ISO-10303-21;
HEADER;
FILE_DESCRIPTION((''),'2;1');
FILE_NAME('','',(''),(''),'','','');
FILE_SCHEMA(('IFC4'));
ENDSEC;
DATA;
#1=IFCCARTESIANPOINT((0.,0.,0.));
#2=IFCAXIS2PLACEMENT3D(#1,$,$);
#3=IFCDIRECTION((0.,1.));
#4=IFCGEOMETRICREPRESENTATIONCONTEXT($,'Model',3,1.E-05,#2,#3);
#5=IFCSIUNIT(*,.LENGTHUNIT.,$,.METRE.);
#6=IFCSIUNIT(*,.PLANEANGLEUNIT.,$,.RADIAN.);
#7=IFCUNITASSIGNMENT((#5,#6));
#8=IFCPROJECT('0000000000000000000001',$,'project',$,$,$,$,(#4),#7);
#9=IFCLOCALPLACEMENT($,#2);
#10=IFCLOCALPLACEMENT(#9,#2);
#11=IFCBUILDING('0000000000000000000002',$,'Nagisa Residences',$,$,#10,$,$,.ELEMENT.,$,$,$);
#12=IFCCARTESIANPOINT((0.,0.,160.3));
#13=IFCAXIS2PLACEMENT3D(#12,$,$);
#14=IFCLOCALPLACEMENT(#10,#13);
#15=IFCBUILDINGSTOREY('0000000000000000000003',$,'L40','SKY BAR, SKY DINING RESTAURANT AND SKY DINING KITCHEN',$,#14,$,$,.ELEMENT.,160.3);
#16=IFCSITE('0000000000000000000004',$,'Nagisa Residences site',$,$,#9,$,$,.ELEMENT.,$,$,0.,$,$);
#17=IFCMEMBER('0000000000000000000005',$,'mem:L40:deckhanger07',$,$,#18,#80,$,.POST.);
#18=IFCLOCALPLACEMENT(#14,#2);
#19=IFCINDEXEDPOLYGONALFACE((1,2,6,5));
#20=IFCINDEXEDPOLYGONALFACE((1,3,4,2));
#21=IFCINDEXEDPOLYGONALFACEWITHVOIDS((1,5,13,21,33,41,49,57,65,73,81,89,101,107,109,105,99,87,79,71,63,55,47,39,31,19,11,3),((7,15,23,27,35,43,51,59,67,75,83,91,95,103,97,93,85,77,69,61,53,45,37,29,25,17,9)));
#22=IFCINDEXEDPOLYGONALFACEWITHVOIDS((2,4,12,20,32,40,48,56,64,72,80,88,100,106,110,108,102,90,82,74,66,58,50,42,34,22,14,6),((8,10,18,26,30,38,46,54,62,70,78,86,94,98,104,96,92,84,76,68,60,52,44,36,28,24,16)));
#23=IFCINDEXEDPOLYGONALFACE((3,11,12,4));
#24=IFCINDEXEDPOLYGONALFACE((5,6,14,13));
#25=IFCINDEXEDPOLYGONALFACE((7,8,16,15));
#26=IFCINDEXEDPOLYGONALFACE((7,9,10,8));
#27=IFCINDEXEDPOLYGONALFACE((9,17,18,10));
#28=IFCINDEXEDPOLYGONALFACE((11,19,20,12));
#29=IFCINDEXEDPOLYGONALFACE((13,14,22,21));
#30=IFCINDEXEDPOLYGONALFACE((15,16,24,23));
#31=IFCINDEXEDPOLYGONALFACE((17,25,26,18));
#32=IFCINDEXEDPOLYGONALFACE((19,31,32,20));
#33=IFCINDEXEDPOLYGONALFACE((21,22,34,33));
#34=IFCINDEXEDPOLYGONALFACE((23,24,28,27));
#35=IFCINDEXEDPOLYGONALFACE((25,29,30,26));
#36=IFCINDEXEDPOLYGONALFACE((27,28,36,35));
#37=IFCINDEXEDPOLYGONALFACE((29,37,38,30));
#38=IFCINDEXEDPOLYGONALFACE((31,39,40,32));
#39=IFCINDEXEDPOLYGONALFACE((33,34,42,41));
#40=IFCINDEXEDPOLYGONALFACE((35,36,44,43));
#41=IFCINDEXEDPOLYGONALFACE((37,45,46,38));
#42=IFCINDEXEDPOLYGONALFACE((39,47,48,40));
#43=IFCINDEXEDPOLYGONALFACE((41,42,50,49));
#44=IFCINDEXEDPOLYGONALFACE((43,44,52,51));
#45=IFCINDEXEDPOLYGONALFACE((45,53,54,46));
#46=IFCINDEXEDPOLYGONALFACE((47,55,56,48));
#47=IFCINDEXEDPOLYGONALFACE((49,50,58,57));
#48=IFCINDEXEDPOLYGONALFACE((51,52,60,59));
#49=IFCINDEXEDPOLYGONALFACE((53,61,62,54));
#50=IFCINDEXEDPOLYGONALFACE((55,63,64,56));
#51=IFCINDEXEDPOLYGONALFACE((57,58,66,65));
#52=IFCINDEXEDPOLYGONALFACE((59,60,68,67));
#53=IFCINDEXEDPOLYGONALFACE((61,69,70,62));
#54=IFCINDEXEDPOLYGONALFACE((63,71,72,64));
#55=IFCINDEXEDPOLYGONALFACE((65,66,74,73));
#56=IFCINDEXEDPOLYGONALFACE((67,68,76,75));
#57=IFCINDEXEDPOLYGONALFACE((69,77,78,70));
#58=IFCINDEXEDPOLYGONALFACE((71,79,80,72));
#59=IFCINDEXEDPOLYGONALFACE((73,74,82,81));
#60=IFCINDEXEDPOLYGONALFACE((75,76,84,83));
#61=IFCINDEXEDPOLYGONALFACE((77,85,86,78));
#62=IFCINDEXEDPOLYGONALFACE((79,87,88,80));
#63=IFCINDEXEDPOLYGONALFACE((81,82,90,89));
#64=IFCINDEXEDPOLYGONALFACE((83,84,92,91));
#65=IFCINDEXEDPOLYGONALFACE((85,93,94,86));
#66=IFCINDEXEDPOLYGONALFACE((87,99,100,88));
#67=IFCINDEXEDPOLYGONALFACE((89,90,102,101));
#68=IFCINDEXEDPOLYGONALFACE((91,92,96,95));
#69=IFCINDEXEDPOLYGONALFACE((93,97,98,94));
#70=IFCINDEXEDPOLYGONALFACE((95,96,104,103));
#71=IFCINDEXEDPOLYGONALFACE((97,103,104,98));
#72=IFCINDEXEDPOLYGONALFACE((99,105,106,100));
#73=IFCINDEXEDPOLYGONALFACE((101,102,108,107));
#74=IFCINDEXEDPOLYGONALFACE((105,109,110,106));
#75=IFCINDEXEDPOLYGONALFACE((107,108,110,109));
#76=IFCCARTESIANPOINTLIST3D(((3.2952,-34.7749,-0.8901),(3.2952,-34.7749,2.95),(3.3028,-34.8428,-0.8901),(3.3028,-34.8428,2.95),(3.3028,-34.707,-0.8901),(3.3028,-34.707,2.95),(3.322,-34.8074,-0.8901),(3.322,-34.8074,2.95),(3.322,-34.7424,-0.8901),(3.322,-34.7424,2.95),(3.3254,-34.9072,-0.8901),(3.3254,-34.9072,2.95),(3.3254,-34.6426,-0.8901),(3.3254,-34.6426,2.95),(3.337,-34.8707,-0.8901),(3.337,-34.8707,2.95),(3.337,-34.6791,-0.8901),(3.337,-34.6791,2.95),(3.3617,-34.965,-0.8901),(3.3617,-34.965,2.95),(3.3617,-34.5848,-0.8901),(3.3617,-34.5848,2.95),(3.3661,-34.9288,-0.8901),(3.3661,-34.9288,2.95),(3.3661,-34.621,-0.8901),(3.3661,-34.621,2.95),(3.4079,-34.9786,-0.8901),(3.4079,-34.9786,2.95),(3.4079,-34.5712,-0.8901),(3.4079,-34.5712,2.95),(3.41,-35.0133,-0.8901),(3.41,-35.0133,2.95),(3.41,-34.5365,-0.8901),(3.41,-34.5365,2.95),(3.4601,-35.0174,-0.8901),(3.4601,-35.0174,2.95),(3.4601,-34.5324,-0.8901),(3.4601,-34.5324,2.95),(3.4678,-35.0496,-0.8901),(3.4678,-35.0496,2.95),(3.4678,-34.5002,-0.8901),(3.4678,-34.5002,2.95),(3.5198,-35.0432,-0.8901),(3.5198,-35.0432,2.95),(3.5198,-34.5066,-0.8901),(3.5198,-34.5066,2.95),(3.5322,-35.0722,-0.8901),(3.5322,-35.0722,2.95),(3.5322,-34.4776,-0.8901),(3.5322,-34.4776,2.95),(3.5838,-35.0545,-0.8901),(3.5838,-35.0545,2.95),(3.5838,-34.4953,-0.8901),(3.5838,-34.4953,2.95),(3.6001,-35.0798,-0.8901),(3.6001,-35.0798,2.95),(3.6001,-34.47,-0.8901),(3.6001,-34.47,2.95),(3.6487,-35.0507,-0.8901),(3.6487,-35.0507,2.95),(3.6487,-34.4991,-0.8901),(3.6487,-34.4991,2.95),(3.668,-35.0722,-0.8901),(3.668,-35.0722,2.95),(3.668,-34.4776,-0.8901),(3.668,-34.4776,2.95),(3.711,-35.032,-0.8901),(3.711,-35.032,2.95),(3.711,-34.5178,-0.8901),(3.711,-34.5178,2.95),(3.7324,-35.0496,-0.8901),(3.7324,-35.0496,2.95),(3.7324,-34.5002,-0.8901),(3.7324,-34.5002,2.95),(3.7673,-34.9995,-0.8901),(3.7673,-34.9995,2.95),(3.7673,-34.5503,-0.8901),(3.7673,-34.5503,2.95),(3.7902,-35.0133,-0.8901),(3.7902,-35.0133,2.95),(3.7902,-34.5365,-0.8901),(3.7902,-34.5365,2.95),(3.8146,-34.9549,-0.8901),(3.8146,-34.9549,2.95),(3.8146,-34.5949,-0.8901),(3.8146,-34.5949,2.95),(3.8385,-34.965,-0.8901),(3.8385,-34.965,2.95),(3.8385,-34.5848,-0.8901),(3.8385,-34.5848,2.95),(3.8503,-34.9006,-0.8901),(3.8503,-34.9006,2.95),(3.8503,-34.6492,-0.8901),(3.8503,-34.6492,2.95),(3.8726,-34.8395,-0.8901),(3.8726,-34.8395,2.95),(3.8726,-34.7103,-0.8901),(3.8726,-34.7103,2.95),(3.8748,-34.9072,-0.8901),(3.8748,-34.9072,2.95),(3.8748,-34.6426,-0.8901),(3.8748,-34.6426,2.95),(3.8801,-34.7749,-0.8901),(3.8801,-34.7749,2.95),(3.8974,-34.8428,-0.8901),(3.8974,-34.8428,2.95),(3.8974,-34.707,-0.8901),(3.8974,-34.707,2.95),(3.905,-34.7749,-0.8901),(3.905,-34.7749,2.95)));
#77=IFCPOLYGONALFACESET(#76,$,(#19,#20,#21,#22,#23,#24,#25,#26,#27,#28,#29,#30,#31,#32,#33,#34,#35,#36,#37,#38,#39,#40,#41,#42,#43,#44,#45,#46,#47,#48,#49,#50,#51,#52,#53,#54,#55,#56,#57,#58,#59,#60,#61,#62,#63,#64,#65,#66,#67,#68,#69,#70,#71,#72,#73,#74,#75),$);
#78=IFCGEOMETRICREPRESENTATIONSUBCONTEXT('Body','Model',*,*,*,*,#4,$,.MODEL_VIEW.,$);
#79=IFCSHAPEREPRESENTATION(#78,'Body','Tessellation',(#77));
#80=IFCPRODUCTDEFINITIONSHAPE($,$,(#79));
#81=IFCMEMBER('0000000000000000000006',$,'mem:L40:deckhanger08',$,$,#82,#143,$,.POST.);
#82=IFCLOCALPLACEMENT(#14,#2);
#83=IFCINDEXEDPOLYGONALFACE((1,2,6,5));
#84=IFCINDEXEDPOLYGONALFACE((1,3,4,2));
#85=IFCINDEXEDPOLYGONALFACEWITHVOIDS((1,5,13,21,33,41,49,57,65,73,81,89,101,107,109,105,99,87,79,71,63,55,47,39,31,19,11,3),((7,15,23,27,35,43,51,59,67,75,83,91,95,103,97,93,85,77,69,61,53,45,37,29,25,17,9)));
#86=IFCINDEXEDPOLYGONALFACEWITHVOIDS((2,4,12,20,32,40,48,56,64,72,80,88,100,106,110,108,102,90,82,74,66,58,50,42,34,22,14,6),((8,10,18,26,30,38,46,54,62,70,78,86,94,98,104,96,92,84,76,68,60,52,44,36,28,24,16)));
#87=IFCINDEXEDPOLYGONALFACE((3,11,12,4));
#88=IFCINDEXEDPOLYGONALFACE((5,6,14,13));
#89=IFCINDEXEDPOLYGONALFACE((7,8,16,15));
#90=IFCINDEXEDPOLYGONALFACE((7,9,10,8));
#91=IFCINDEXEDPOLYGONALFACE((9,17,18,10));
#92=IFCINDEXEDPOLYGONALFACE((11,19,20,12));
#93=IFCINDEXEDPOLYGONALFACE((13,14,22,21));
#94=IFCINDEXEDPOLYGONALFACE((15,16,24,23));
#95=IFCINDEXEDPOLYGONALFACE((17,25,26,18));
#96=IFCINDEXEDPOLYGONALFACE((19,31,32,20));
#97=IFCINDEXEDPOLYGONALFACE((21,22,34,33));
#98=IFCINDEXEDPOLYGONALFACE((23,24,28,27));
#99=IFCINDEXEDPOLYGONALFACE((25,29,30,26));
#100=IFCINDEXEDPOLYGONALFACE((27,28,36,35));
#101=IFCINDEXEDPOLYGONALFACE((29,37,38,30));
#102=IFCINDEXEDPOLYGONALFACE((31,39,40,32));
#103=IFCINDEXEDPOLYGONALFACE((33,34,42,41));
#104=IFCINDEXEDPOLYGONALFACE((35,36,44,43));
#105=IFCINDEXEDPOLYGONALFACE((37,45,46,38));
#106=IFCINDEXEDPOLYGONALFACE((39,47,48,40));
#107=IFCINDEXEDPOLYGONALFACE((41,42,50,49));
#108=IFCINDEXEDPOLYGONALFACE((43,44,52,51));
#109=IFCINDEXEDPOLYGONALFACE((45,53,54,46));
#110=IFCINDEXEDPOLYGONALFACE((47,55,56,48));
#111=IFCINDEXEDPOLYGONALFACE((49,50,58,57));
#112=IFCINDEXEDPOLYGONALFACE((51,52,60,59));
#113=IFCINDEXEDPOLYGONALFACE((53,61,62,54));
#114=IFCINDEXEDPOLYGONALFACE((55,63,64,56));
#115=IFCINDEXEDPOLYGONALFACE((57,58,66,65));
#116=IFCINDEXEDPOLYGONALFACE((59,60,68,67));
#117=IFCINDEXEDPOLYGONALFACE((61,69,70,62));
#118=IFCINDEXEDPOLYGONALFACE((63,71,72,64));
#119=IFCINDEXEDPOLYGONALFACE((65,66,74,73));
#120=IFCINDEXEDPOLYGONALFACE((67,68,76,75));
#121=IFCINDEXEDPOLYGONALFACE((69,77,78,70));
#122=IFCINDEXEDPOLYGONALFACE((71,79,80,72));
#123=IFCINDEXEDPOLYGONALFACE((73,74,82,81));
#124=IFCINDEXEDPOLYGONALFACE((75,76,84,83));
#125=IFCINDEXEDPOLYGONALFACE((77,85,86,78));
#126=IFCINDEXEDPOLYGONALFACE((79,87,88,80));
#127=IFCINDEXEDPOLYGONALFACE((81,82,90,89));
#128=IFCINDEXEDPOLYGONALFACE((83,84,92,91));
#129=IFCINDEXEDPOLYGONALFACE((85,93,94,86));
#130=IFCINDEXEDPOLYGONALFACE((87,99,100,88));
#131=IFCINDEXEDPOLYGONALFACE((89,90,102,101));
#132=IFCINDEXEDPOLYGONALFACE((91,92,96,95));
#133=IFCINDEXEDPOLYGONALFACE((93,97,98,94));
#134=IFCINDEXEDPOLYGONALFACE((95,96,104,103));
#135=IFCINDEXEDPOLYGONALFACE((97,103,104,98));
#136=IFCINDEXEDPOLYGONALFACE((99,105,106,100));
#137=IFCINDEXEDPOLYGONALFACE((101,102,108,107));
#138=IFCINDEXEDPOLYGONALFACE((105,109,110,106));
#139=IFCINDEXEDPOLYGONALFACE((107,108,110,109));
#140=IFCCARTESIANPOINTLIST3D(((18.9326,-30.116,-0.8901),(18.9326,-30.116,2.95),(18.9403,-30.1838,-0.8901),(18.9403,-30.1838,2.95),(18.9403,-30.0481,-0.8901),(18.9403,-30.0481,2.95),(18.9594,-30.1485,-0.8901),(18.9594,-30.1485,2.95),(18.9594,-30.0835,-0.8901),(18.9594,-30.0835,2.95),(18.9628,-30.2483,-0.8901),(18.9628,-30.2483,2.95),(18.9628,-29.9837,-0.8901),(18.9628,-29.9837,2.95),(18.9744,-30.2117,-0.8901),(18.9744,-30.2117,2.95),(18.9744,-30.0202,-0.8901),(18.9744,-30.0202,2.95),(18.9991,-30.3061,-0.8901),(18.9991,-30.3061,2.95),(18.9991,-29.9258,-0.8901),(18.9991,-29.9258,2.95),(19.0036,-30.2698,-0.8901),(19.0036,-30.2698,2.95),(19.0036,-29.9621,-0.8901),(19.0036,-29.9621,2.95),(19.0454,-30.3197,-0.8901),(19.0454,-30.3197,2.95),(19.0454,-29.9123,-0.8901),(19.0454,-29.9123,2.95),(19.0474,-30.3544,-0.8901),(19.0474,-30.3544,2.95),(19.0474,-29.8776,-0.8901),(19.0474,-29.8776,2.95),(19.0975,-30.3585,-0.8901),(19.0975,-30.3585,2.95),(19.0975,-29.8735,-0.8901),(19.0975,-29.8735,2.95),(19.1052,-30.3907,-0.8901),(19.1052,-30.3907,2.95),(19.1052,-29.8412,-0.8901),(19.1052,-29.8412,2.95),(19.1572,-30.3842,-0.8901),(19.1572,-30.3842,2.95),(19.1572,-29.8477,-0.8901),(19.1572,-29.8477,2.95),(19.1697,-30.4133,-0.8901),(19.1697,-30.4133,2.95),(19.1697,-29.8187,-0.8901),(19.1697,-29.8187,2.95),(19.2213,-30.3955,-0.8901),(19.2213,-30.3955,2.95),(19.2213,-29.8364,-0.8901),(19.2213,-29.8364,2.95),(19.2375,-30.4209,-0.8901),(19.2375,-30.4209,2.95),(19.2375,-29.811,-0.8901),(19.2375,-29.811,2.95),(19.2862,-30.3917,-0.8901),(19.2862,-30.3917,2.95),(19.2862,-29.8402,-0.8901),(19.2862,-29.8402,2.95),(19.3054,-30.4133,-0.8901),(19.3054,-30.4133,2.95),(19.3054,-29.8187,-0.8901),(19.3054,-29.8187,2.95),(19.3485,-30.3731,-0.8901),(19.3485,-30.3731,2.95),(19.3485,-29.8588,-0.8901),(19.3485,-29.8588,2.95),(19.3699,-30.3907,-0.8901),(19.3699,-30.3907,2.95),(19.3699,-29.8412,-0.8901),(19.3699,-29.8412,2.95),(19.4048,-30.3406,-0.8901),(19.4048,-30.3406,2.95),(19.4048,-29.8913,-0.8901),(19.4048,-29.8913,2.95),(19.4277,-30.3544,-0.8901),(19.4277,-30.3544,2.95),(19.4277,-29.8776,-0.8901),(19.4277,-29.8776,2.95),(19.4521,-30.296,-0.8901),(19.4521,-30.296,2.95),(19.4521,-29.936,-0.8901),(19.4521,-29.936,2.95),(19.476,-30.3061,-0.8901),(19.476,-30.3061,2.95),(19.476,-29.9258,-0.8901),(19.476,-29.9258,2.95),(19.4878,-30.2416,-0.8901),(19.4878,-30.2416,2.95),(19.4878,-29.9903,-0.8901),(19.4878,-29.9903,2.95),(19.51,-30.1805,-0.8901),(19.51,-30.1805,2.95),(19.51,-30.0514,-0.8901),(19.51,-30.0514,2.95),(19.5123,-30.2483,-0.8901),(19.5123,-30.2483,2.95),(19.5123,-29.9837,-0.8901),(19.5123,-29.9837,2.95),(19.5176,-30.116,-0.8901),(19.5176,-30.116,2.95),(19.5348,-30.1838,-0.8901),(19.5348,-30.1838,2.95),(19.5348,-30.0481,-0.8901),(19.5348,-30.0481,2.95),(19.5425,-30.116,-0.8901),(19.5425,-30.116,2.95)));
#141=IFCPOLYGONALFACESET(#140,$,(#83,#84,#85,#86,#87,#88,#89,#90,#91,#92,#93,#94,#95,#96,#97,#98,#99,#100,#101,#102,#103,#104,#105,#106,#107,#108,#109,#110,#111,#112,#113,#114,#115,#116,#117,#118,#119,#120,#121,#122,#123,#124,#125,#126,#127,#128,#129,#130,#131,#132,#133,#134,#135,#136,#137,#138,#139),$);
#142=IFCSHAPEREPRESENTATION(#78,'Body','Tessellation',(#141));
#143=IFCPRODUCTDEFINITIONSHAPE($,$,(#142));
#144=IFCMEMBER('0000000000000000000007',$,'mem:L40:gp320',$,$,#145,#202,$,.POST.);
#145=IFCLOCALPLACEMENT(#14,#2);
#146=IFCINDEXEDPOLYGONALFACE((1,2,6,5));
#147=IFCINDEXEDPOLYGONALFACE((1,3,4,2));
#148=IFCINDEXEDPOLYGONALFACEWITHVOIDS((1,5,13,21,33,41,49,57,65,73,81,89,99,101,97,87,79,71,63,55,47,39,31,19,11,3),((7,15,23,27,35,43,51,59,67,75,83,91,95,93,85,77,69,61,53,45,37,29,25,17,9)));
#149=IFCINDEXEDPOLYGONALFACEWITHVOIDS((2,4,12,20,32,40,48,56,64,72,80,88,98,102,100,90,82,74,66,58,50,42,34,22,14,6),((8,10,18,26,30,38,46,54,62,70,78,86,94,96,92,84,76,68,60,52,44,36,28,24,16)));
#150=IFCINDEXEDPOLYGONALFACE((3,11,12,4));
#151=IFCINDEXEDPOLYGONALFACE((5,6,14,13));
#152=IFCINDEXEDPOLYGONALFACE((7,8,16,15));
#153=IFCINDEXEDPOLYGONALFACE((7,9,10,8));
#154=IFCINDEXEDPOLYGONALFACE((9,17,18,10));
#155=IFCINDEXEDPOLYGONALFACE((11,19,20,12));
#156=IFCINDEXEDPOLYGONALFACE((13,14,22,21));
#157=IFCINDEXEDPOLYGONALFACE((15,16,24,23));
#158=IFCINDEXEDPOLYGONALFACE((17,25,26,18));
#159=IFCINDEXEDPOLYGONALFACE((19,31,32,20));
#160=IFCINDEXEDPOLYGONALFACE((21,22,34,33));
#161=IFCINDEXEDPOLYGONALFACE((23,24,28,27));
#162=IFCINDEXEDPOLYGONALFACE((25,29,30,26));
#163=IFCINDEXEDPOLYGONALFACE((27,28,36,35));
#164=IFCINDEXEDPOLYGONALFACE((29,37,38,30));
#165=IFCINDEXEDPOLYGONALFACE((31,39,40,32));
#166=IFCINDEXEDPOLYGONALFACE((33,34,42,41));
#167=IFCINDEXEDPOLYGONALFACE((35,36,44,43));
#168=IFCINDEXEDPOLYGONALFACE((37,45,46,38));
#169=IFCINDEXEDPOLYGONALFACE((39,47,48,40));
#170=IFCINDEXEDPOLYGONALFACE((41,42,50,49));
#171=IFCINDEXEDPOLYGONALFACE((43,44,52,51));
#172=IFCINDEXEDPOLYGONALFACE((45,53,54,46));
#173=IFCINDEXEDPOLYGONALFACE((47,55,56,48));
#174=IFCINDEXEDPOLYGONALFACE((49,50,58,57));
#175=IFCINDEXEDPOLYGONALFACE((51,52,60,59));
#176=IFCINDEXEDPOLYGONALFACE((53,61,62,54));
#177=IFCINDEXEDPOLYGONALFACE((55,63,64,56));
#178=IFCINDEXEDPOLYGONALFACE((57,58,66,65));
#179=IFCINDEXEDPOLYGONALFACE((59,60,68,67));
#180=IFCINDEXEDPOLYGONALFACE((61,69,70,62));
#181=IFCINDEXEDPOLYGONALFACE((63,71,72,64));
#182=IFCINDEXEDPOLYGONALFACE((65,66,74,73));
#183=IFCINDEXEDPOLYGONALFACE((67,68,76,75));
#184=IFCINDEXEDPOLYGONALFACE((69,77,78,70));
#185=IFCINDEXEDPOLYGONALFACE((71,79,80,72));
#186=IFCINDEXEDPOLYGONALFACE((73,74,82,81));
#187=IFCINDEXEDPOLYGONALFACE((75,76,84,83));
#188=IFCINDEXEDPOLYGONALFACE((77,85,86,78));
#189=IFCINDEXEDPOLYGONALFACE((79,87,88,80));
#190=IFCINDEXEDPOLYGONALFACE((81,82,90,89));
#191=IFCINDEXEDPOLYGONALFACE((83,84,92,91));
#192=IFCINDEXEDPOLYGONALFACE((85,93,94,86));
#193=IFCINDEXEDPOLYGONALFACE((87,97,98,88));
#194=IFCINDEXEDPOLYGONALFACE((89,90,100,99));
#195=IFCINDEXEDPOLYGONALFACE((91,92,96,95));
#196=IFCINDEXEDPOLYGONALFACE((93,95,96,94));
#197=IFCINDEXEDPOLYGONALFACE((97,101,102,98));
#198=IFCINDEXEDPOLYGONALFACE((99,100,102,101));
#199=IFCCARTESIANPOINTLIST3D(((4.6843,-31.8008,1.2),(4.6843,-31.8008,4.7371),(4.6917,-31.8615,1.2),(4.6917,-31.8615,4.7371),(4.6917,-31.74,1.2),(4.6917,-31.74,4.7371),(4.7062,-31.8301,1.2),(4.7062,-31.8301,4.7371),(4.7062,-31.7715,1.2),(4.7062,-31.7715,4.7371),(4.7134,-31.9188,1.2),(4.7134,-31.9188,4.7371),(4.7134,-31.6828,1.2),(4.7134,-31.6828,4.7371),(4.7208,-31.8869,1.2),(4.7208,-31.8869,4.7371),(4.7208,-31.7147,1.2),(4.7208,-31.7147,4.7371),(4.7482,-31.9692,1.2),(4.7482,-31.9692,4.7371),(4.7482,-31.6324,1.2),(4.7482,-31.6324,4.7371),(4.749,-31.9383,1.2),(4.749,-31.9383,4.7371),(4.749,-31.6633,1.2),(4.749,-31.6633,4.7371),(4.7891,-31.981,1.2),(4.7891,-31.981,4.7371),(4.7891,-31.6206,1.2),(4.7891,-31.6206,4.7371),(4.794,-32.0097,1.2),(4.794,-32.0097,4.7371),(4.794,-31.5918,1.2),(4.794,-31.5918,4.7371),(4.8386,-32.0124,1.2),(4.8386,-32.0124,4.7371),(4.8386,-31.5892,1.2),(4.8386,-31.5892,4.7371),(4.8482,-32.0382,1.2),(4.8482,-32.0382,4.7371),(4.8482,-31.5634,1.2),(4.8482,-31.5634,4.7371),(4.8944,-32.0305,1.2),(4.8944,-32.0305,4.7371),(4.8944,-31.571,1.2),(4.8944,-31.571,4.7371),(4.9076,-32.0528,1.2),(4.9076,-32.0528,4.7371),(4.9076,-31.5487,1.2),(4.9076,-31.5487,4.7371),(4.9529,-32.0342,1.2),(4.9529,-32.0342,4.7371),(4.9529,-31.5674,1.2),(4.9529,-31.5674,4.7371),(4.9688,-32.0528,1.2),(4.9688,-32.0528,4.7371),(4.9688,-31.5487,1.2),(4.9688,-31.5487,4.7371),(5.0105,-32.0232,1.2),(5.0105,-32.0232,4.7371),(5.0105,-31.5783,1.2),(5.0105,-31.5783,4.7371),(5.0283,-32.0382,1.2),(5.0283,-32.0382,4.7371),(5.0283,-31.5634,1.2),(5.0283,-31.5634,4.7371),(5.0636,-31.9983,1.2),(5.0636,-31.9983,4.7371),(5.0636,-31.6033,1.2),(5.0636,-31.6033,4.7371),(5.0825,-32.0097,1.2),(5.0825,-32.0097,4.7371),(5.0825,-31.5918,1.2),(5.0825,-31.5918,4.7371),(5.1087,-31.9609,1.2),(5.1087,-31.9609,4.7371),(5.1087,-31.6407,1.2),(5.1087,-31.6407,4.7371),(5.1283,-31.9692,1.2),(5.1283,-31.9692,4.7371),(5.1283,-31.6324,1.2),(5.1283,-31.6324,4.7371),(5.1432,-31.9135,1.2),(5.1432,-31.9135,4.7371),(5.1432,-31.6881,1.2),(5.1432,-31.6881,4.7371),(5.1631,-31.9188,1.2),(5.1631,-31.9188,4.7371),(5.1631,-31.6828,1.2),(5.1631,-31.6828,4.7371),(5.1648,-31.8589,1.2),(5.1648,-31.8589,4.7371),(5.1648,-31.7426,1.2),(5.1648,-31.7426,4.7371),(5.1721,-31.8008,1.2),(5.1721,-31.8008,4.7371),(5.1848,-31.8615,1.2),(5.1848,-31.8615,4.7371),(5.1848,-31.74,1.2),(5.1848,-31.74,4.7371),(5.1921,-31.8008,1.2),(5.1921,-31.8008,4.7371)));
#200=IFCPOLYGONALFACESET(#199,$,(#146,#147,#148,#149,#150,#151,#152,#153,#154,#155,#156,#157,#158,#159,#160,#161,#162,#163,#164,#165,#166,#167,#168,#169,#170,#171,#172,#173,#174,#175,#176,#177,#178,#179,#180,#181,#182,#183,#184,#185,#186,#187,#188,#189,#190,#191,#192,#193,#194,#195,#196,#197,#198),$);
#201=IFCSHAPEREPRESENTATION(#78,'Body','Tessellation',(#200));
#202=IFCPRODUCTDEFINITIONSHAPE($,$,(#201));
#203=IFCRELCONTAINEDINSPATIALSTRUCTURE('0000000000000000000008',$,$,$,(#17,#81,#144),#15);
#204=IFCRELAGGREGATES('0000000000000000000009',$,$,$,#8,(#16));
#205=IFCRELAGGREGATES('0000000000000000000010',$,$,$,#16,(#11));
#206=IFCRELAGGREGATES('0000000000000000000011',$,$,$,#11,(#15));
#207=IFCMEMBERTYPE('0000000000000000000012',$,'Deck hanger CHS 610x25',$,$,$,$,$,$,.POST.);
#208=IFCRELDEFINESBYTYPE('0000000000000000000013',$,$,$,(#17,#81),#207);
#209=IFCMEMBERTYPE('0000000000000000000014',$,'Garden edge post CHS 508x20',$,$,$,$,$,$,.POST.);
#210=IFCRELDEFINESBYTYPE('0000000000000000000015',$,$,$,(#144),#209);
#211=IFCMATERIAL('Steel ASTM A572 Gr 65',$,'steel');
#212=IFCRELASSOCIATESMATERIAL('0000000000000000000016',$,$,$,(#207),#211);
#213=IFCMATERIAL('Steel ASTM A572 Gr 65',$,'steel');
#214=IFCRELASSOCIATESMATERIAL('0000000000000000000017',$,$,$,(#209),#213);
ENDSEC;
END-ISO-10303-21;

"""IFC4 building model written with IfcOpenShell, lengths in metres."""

from ifc_helpers import new_model, si_unit, direction, frame, origin, origin_2d, place, context, subcontext, project, spatial, hollow_circle, extrude, material, material_profile, profile_set, type_object, element, save


model = new_model("IFC4")

# Units and contexts
model_context = context("Model", 3, precision=1e-05, world=origin(), true_north=direction((0.0, 1.0)))
body_context = subcontext(model_context, "Body", "Model", "MODEL_VIEW")
ifc_project = project(units=[si_unit("LENGTHUNIT", "METRE"), si_unit("PLANEANGLEUNIT", "RADIAN")], contexts=[model_context])

# Site, building, storey
site_placement = place(None, origin())
site = spatial("IfcSite", under=ifc_project, at=site_placement, Name="Nagisa Residences site", CompositionType="ELEMENT", RefElevation=0.0)
building_placement = place(site_placement, origin())
building = spatial("IfcBuilding", under=site, at=building_placement, Name="Nagisa Residences", CompositionType="ELEMENT")
storey_placement = place(building_placement, frame((0.0, 0.0, 160.3)))
storey = spatial("IfcBuildingStorey", under=building, at=storey_placement, Name="L40", Description="SKY BAR, SKY DINING RESTAURANT AND SKY DINING KITCHEN", CompositionType="ELEMENT", Elevation=160.3)

# Members
ifc_material_1 = material(Name="Steel ASTM A572 Gr 65", Category="steel")
ifc_material_profile_1 = material_profile(ifc_material_1, hollow_circle(Radius=0.3049, WallThickness=0.0249, at=origin_2d()), Name="CHS 610x25")
ifc_profile_set_1 = profile_set([ifc_material_profile_1], Name="Steel ASTM A572 Gr 65")
member_type_1 = type_object("IfcMemberType", Name="Deck hanger CHS 610x25", PredefinedType="POST", material=ifc_profile_set_1)
for number, where, z_axis, x_axis, name in (
    (1, (3.6001, -34.7749, 2.95), (0.0, 0.0, -1.0), (1.0, 0.0, 0.0), "mem:L40:deckhanger07"),
    (2, (19.2375, -30.116, 2.95), (0.0, 0.0, -1.0), (1.0, 0.0, 0.0), "mem:L40:deckhanger08"),
):
    element("IfcMember", number, at=place(storey_placement, frame(where, z_axis=z_axis, x_axis=x_axis)), inside=storey, type_object=member_type_1, Name=name, PredefinedType="POST", context=body_context, shape_type="SweptSolid", body=[
        extrude(hollow_circle(Radius=0.3049, WallThickness=0.0249, at=origin_2d()), origin(), (0.0, 0.0, 1.0), 3.8401),
    ])
ifc_material_2 = material(Name="Steel ASTM A572 Gr 65", Category="steel")
ifc_material_profile_2 = material_profile(ifc_material_2, hollow_circle(Radius=0.2539, WallThickness=0.02, at=origin_2d()), Name="CHS 508x20")
ifc_profile_set_2 = profile_set([ifc_material_profile_2], Name="Steel ASTM A572 Gr 65")
member_type_2 = type_object("IfcMemberType", Name="Garden edge post CHS 508x20", PredefinedType="POST", material=ifc_profile_set_2)
for number, where, z_axis, x_axis, name in (
    (3, (4.9382, -31.8008, 1.2), (0.0, 0.0, 1.0), (1.0, 0.0, 0.0), "mem:L40:gp320"),
):
    element("IfcMember", number, at=place(storey_placement, frame(where, z_axis=z_axis, x_axis=x_axis)), inside=storey, type_object=member_type_2, Name=name, PredefinedType="POST", context=body_context, shape_type="SweptSolid", body=[
        extrude(hollow_circle(Radius=0.2539, WallThickness=0.02, at=origin_2d()), origin(), (0.0, 0.0, 1.0), 3.5371),
    ])

save(model, "model.ifc")
